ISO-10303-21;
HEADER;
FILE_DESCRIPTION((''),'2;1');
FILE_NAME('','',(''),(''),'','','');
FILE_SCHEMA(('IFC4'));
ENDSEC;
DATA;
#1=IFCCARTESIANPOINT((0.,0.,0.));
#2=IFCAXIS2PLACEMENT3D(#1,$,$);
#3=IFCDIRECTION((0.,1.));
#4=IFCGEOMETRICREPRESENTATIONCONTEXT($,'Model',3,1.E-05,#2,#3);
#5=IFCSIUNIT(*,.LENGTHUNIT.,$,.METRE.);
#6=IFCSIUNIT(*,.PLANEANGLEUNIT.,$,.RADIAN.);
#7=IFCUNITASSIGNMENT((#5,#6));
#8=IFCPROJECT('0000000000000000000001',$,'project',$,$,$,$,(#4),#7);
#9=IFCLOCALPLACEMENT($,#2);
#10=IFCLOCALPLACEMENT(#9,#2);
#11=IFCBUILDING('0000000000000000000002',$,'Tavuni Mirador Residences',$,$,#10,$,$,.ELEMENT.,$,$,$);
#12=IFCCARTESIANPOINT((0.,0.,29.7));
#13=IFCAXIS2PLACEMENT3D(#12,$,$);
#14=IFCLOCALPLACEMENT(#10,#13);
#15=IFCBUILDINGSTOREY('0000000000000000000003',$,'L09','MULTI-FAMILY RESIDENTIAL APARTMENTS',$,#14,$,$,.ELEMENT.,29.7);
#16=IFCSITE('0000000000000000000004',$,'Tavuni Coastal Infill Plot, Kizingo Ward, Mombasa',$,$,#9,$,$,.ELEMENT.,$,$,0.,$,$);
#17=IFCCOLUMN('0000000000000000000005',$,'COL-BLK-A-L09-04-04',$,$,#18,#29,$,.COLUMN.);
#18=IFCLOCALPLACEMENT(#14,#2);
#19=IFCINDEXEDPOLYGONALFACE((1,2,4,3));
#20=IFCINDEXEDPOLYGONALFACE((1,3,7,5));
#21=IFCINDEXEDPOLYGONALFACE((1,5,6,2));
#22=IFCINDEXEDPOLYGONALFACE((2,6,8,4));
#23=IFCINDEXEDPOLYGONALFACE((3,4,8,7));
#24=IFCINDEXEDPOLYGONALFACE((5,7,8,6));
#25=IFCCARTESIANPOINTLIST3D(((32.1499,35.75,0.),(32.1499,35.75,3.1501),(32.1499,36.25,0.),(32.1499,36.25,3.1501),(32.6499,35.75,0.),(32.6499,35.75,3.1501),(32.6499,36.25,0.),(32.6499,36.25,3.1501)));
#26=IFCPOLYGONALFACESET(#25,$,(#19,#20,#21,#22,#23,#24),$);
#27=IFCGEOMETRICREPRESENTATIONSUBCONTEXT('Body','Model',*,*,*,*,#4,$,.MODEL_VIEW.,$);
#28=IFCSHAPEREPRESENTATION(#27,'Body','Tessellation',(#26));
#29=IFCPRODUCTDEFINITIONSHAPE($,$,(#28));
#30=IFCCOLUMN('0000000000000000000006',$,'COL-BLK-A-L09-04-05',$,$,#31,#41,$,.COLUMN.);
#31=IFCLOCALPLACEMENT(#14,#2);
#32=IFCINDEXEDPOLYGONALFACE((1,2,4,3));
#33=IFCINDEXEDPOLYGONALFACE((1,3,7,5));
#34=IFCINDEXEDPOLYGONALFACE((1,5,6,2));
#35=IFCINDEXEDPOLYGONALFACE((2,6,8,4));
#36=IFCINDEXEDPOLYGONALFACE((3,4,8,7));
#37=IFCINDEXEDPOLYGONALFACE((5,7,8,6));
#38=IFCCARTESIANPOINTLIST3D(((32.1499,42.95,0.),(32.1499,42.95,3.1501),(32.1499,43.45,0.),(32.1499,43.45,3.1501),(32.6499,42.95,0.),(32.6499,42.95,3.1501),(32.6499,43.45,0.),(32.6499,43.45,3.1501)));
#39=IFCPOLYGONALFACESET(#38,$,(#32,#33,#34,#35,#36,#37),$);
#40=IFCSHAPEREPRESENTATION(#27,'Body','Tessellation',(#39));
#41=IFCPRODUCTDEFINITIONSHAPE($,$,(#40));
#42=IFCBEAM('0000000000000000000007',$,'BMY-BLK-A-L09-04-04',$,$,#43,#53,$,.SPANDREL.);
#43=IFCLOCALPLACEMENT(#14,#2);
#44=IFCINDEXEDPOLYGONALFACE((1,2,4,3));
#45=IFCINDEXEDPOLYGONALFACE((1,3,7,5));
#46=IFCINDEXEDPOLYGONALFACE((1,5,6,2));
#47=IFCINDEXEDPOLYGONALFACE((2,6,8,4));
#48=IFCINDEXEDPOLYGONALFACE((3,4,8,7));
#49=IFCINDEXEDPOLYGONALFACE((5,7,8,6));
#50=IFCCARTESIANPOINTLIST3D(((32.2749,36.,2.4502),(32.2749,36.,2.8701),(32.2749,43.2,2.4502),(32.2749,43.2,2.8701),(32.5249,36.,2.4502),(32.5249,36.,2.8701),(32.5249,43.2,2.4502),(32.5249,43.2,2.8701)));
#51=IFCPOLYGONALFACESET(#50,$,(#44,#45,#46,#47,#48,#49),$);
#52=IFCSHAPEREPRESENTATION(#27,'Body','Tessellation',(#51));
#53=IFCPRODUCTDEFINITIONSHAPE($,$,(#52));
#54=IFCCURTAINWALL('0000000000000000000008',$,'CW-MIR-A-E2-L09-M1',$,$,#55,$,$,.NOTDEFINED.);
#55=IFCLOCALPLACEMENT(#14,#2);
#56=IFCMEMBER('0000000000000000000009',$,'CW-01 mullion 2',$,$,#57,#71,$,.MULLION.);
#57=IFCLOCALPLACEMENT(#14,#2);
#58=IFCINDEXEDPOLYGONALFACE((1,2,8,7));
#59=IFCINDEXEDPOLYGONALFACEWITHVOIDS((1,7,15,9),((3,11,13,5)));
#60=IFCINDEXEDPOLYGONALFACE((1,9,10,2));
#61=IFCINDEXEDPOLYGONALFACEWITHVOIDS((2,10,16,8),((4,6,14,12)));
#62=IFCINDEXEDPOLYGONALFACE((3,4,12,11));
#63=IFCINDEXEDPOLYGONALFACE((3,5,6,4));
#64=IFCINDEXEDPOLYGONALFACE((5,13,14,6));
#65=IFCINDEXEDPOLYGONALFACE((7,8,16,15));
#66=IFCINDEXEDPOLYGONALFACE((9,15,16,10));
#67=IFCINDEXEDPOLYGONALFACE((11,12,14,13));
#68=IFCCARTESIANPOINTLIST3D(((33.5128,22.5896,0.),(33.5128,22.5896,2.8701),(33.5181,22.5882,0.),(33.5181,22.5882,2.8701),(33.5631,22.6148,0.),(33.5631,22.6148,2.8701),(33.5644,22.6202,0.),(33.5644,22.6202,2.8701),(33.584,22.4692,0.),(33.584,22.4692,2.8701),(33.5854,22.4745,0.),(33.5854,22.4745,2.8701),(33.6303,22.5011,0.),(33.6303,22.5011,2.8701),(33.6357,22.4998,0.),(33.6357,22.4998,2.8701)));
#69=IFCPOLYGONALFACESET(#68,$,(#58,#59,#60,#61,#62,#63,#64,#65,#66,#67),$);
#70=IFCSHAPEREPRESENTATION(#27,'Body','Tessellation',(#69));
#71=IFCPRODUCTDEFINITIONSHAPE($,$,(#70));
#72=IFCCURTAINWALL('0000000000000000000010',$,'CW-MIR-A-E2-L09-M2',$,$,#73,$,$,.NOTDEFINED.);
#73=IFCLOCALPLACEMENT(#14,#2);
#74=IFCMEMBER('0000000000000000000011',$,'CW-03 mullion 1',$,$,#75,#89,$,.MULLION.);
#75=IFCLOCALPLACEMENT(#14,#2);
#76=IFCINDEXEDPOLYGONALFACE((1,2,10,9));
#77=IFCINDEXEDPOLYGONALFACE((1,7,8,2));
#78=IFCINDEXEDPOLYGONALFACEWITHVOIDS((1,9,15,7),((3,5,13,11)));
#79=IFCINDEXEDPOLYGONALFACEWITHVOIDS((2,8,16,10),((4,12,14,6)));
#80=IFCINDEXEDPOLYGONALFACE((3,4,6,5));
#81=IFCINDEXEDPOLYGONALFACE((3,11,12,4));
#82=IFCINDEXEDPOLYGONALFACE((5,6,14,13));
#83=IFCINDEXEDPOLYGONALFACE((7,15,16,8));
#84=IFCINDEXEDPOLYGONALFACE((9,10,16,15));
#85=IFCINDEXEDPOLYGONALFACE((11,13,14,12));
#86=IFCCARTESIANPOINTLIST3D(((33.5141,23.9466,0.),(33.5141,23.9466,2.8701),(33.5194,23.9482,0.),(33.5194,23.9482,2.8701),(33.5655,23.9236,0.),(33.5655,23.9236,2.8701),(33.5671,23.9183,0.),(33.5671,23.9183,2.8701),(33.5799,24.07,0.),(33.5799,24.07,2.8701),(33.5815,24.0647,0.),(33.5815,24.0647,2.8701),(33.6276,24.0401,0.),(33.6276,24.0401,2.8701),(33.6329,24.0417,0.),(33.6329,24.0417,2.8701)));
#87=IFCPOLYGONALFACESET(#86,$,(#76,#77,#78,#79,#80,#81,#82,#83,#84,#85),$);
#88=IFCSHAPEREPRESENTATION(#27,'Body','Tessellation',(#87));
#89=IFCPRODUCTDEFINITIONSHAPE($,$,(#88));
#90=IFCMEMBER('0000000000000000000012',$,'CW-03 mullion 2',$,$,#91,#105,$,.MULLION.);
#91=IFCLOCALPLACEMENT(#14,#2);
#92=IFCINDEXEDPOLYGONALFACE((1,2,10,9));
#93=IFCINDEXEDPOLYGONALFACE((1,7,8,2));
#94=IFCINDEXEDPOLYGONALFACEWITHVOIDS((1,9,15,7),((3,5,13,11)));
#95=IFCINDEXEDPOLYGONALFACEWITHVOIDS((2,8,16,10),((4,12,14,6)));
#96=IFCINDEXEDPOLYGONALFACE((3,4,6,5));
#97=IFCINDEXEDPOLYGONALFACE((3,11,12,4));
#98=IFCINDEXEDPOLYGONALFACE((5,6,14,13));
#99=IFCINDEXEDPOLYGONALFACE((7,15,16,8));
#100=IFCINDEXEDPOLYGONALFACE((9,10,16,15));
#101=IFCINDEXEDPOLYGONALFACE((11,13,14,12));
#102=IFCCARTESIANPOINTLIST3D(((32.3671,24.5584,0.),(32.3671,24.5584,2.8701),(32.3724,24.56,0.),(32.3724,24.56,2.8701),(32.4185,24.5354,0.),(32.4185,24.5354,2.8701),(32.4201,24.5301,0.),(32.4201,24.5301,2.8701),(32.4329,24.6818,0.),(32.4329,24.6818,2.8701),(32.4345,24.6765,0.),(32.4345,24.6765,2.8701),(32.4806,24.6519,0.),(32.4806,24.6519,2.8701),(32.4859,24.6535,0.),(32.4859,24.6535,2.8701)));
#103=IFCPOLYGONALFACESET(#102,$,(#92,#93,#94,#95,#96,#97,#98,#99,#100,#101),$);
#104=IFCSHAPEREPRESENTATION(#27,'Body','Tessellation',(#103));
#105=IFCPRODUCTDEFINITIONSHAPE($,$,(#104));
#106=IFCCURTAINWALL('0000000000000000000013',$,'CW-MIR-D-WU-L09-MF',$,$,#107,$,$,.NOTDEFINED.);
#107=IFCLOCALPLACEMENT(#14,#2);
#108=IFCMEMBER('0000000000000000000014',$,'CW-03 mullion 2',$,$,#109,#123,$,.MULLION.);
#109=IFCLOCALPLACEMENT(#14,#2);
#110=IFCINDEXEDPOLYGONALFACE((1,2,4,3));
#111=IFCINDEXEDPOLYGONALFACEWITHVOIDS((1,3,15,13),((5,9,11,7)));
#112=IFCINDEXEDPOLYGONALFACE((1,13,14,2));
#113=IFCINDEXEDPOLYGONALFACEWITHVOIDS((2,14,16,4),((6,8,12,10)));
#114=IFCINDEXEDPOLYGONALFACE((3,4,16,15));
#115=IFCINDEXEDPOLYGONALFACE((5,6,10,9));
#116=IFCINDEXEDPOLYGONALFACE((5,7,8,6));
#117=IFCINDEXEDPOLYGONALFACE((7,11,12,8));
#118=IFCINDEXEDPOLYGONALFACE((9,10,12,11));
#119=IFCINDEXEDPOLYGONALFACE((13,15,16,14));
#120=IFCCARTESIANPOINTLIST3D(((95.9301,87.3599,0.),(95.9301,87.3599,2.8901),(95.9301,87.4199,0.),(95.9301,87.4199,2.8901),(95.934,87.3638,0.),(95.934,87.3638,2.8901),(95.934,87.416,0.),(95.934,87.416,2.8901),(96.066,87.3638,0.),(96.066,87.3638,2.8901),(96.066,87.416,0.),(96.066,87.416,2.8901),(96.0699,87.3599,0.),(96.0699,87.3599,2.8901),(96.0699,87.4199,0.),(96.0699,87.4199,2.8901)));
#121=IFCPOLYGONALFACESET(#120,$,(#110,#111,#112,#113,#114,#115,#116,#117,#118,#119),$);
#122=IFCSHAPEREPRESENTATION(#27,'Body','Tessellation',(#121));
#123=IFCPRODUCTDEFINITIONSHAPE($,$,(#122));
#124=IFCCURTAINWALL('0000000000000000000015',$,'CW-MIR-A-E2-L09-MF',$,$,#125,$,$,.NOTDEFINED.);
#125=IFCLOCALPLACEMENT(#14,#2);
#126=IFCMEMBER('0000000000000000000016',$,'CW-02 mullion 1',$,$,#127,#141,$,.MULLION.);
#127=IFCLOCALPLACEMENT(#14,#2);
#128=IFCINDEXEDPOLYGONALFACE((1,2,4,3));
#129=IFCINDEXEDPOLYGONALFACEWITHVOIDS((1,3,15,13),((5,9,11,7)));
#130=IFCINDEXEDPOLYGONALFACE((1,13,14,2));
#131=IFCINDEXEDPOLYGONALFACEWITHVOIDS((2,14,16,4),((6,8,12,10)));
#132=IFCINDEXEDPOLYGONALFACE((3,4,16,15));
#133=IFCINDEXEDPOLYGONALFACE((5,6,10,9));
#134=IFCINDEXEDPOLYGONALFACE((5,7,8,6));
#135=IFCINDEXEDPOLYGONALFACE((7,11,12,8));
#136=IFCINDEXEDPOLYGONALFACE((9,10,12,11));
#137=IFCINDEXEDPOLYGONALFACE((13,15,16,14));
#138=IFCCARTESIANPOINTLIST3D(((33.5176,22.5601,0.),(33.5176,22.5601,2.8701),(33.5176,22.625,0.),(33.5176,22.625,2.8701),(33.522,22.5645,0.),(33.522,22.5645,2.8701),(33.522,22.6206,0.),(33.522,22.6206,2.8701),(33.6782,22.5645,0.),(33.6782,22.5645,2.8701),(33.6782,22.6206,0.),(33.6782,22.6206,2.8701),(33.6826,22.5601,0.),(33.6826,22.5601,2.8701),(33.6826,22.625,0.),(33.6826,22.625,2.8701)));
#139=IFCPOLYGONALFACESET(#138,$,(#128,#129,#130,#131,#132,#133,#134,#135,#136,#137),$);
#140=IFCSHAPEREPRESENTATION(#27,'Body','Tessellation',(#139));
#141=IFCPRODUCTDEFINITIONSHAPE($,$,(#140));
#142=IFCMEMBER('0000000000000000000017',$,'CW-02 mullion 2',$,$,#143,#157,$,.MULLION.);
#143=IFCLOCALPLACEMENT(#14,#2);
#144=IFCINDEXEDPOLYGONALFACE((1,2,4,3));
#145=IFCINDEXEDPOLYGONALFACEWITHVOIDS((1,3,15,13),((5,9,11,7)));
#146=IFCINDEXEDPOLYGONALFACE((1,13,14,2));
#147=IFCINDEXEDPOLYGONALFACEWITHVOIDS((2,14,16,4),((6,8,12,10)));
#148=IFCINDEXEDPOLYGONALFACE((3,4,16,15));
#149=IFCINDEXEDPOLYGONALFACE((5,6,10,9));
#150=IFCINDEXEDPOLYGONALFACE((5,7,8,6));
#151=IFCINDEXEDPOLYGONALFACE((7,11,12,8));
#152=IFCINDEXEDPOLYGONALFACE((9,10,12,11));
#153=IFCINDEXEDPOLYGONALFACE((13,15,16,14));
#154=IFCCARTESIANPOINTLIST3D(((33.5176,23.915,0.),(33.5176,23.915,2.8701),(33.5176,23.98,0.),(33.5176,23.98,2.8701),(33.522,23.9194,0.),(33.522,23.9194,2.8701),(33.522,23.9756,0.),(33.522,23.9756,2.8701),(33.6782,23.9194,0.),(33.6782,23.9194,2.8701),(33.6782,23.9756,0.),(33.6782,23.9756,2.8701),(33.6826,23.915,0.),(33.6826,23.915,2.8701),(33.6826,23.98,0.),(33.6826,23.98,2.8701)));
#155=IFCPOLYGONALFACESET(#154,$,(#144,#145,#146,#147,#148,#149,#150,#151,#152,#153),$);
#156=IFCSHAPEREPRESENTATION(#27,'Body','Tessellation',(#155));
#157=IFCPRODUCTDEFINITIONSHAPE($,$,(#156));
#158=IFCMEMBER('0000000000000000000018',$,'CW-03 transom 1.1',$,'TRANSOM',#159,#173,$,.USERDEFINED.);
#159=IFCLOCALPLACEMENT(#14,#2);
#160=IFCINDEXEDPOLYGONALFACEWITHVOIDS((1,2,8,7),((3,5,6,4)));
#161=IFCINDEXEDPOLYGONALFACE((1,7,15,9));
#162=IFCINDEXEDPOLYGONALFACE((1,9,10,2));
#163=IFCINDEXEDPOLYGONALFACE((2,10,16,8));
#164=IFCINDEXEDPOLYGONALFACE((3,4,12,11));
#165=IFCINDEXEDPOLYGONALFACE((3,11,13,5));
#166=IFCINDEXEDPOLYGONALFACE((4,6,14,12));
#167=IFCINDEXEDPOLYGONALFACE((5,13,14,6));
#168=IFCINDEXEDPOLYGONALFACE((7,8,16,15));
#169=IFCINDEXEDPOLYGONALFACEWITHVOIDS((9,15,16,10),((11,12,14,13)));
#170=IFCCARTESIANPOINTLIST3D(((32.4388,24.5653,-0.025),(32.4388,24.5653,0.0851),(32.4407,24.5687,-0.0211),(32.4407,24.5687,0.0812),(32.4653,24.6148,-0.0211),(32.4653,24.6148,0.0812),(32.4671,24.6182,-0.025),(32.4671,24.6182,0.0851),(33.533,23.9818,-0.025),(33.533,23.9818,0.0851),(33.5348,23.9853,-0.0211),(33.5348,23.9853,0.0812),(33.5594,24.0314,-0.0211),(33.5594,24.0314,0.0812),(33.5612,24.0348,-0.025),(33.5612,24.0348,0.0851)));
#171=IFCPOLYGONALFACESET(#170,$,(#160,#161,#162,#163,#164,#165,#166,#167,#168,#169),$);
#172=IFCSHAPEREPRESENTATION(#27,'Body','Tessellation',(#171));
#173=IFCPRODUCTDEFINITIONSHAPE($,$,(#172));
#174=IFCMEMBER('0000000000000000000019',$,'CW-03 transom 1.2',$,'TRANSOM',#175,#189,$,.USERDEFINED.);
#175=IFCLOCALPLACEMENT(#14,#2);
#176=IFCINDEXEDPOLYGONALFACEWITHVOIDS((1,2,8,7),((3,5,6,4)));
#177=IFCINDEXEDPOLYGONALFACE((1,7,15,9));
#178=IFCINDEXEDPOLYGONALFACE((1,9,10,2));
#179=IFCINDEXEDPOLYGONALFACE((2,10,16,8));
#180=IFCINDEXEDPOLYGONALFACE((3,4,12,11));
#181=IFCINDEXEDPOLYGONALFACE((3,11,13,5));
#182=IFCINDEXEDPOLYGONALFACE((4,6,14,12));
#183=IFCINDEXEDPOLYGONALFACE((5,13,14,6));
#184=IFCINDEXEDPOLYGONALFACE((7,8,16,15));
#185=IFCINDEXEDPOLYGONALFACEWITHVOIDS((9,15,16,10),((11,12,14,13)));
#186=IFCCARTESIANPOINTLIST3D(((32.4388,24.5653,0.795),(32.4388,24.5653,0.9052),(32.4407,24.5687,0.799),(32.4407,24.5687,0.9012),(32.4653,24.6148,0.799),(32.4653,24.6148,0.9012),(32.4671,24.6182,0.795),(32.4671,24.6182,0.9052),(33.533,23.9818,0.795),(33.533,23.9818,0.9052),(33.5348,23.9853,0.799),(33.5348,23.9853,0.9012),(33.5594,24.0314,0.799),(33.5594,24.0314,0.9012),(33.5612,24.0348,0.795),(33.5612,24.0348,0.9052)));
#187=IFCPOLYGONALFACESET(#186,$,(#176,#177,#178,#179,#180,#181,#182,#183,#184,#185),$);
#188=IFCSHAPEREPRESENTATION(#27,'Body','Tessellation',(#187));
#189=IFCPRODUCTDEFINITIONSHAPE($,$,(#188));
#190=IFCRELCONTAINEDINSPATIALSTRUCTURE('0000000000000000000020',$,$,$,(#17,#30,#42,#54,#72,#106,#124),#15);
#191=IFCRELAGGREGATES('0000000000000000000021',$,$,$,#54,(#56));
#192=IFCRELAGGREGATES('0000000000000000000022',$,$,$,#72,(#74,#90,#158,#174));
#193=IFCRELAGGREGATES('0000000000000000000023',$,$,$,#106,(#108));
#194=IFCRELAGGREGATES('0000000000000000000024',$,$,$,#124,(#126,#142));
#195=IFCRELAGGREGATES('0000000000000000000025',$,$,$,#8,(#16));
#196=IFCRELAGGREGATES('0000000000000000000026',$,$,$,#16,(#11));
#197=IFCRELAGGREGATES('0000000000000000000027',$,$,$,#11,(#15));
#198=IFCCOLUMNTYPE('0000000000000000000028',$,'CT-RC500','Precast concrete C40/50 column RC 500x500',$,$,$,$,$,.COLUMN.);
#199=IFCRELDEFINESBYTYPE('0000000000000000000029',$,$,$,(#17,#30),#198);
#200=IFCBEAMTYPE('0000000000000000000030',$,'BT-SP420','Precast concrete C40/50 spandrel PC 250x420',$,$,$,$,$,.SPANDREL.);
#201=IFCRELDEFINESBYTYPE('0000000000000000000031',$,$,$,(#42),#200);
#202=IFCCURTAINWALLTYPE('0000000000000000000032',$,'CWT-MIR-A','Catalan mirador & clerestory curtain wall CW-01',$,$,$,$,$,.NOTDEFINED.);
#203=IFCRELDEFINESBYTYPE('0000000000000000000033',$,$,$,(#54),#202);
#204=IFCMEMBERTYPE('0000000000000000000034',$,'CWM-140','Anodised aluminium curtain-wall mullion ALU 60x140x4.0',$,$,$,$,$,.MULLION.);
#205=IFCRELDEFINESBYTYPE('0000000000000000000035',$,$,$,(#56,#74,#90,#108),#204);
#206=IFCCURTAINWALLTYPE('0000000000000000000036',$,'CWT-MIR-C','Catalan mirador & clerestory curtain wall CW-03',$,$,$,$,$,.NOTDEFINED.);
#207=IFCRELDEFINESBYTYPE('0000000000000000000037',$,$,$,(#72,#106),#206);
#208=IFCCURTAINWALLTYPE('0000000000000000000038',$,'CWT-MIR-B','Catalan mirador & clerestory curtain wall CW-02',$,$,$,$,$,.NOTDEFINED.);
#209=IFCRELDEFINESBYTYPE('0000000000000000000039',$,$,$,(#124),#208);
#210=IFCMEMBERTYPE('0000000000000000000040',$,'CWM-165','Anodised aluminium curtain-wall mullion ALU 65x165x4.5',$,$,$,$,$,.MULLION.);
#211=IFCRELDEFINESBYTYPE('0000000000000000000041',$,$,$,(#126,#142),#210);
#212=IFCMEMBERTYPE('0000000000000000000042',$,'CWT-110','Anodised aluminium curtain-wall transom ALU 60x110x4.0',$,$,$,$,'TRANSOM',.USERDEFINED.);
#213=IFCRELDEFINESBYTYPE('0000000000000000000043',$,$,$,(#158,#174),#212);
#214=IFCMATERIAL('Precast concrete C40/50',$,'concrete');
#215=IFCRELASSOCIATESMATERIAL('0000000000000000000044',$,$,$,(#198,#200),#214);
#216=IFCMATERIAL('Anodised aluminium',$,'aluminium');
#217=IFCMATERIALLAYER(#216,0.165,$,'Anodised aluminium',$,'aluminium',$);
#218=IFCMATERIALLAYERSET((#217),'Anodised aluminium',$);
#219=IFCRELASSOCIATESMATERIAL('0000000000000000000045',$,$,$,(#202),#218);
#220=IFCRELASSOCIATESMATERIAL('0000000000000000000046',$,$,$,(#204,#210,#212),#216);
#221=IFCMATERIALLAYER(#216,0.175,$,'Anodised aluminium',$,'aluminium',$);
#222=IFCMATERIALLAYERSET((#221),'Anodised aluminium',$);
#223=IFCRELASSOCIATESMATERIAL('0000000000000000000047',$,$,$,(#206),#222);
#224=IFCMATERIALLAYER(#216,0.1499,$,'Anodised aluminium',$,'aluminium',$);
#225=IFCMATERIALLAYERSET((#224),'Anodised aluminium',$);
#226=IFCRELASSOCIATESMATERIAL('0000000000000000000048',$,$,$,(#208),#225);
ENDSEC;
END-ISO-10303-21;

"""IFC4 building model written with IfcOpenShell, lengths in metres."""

from ifc_helpers import new_model, si_unit, direction, frame, origin, origin_2d, place, context, subcontext, project, spatial, rectangle, hollow_rectangle, extrude, material, layer, layer_set, material_profile, profile_set, type_object, element, aggregate, save


model = new_model("IFC4")

# Units and contexts
model_context = context("Model", 3, precision=1e-05, world=origin(), true_north=direction((0.0, 1.0)))
body_context = subcontext(model_context, "Body", "Model", "MODEL_VIEW")
ifc_project = project(units=[si_unit("LENGTHUNIT", "METRE"), si_unit("PLANEANGLEUNIT", "RADIAN")], contexts=[model_context])

# Site, building, storey
site_placement = place(None, origin())
site = spatial("IfcSite", under=ifc_project, at=site_placement, Name="Tavuni Coastal Infill Plot, Kizingo Ward, Mombasa", CompositionType="ELEMENT", RefElevation=0.0)
building_placement = place(site_placement, origin())
building = spatial("IfcBuilding", under=site, at=building_placement, Name="Tavuni Mirador Residences", CompositionType="ELEMENT")
storey_placement = place(building_placement, frame((0.0, 0.0, 29.7)))
storey = spatial("IfcBuildingStorey", under=building, at=storey_placement, Name="L09", Description="MULTI-FAMILY RESIDENTIAL APARTMENTS", CompositionType="ELEMENT", Elevation=29.7)

# Columns
ifc_material_1 = material(Name="Precast concrete C40/50", Category="concrete")
ifc_material_profile_1 = material_profile(ifc_material_1, rectangle(XDim=0.5, YDim=0.5, at=origin_2d()), Name="RC 500x500", Category="concrete")
ifc_profile_set_1 = profile_set([ifc_material_profile_1], Name="Precast concrete C40/50")
column_type = type_object("IfcColumnType", Name="CT-RC500", Description="Precast concrete C40/50 column RC 500x500", PredefinedType="COLUMN", material=ifc_profile_set_1)
for number, where, z_axis, x_axis, name in (
    (1, (32.3999, 36.0, 0.0), (0.0, 0.0, 1.0), (1.0, 0.0, 0.0), "COL-BLK-A-L09-04-04"),
    (2, (32.3999, 43.2, 0.0), (0.0, 0.0, 1.0), (1.0, 0.0, 0.0), "COL-BLK-A-L09-04-05"),
):
    element("IfcColumn", number, at=place(storey_placement, frame(where, z_axis=z_axis, x_axis=x_axis)), inside=storey, type_object=column_type, Name=name, PredefinedType="COLUMN", context=body_context, shape_type="SweptSolid", body=[
        extrude(rectangle(XDim=0.5, YDim=0.5, at=origin_2d()), origin(), (0.0, 0.0, 1.0), 3.1501),
    ])

# Beam
ifc_material_profile_2 = material_profile(ifc_material_1, rectangle(XDim=0.25, YDim=0.4199, at=origin_2d()), Name="PC 250x420", Category="concrete")
ifc_profile_set_2 = profile_set([ifc_material_profile_2], Name="Precast concrete C40/50")
beam_type = type_object("IfcBeamType", Name="BT-SP420", Description="Precast concrete C40/50 spandrel PC 250x420", PredefinedType="SPANDREL", material=ifc_profile_set_2)
beam_placement = place(storey_placement, frame((32.3999, 36.0, 2.6602), z_axis=(0.0, 1.0, 0.0), x_axis=(-1.0, 0.0, 0.0)))
element("IfcBeam", 3, at=beam_placement, inside=storey, type_object=beam_type, Name="BMY-BLK-A-L09-04-04", PredefinedType="SPANDREL", context=body_context, shape_type="SweptSolid", body=[
    extrude(rectangle(XDim=0.25, YDim=0.4199, at=origin_2d()), origin(), (0.0, 0.0, 1.0), 7.2),
])

# Curtain wall, member
ifc_material_2 = material(Name="Anodised aluminium", Category="aluminium")
ifc_layer_1 = layer(ifc_material_2, 0.165, Name="Anodised aluminium", Category="aluminium")
ifc_layer_set_1 = layer_set([ifc_layer_1], Name="Anodised aluminium")
curtain_wall_type_1 = type_object("IfcCurtainWallType", Name="CWT-MIR-A", Description="Catalan mirador & clerestory curtain wall CW-01", PredefinedType="NOTDEFINED", material=ifc_layer_set_1)
curtain_wall_1_placement = place(storey_placement, origin())
curtain_wall_1 = element("IfcCurtainWall", 4, at=curtain_wall_1_placement, inside=storey, type_object=curtain_wall_type_1, Name="CW-MIR-A-E2-L09-M1", PredefinedType="NOTDEFINED")
ifc_material_profile_3 = material_profile(ifc_material_2, hollow_rectangle(XDim=0.0601, YDim=0.1399, WallThickness=0.0039, at=origin_2d()), Name="ALU 60x140x4.0", Category="aluminium")
ifc_profile_set_3 = profile_set([ifc_material_profile_3], Name="Anodised aluminium")
member_type_1 = type_object("IfcMemberType", Name="CWM-140", Description="Anodised aluminium curtain-wall mullion ALU 60x140x4.0", PredefinedType="MULLION", material=ifc_profile_set_3)
member_1_placement = place(storey_placement, frame((33.5742, 22.5447, 0.0), z_axis=(0.0, 0.0, 1.0), x_axis=(0.860641, 0.509212, 0.0)))
member_1 = element("IfcMember", 5, at=member_1_placement, type_object=member_type_1, Name="CW-01 mullion 2", PredefinedType="MULLION", context=body_context, shape_type="SweptSolid", body=[
    extrude(hollow_rectangle(XDim=0.0601, YDim=0.1399, WallThickness=0.0039, at=origin_2d()), origin(), (0.0, 0.0, 1.0), 2.8701),
])
aggregate(curtain_wall_1, [member_1])

# Curtain wall, members
ifc_layer_2 = layer(ifc_material_2, 0.175, Name="Anodised aluminium", Category="aluminium")
ifc_layer_set_2 = layer_set([ifc_layer_2], Name="Anodised aluminium")
curtain_wall_type_2 = type_object("IfcCurtainWallType", Name="CWT-MIR-C", Description="Catalan mirador & clerestory curtain wall CW-03", PredefinedType="NOTDEFINED", material=ifc_layer_set_2)
curtain_wall_2_placement = place(storey_placement, origin())
curtain_wall_2 = element("IfcCurtainWall", 6, at=curtain_wall_2_placement, inside=storey, type_object=curtain_wall_type_2, Name="CW-MIR-A-E2-L09-M2", PredefinedType="NOTDEFINED")
member_2_placement = place(storey_placement, frame((33.5735, 23.9941, 0.0), z_axis=(0.0, 0.0, 1.0), x_axis=(-0.882353, 0.470588, 0.0)))
member_2 = element("IfcMember", 7, at=member_2_placement, type_object=member_type_1, Name="CW-03 mullion 1", PredefinedType="MULLION", context=body_context, shape_type="SweptSolid", body=[
    extrude(hollow_rectangle(XDim=0.0601, YDim=0.1399, WallThickness=0.0039, at=origin_2d()), origin(), (0.0, 0.0, 1.0), 2.8701),
])
member_3_placement = place(storey_placement, frame((32.4265, 24.606, 0.0), z_axis=(0.0, 0.0, 1.0), x_axis=(-0.882353, 0.470588, 0.0)))
member_3 = element("IfcMember", 8, at=member_3_placement, type_object=member_type_1, Name="CW-03 mullion 2", PredefinedType="MULLION", context=body_context, shape_type="SweptSolid", body=[
    extrude(hollow_rectangle(XDim=0.0601, YDim=0.1399, WallThickness=0.0039, at=origin_2d()), origin(), (0.0, 0.0, 1.0), 2.8701),
])

# Curtain wall, member
curtain_wall_3_placement = place(storey_placement, origin())
curtain_wall_3 = element("IfcCurtainWall", 9, at=curtain_wall_3_placement, inside=storey, type_object=curtain_wall_type_2, Name="CW-MIR-D-WU-L09-MF", PredefinedType="NOTDEFINED")
member_4_placement = place(storey_placement, frame((96.0, 87.3899, 0.0), z_axis=(0.0, 0.0, 1.0), x_axis=(0.0, -1.0, 0.0)))
member_4 = element("IfcMember", 10, at=member_4_placement, type_object=member_type_1, Name="CW-03 mullion 2", PredefinedType="MULLION", context=body_context, shape_type="SweptSolid", body=[
    extrude(hollow_rectangle(XDim=0.0601, YDim=0.1399, WallThickness=0.0039, at=origin_2d()), origin(), (0.0, 0.0, 1.0), 2.8901),
])

# Curtain wall, members
ifc_layer_3 = layer(ifc_material_2, 0.1499, Name="Anodised aluminium", Category="aluminium")
ifc_layer_set_3 = layer_set([ifc_layer_3], Name="Anodised aluminium")
curtain_wall_type_3 = type_object("IfcCurtainWallType", Name="CWT-MIR-B", Description="Catalan mirador & clerestory curtain wall CW-02", PredefinedType="NOTDEFINED", material=ifc_layer_set_3)
curtain_wall_4_placement = place(storey_placement, origin())
curtain_wall_4 = element("IfcCurtainWall", 11, at=curtain_wall_4_placement, inside=storey, type_object=curtain_wall_type_3, Name="CW-MIR-A-E2-L09-MF", PredefinedType="NOTDEFINED")
ifc_material_profile_4 = material_profile(ifc_material_2, hollow_rectangle(XDim=0.0649, YDim=0.165, WallThickness=0.0044, at=origin_2d()), Name="ALU 65x165x4.5", Category="aluminium")
ifc_profile_set_4 = profile_set([ifc_material_profile_4], Name="Anodised aluminium")
member_type_2 = type_object("IfcMemberType", Name="CWM-165", Description="Anodised aluminium curtain-wall mullion ALU 65x165x4.5", PredefinedType="MULLION", material=ifc_profile_set_4)
member_5_placement = place(storey_placement, frame((33.6001, 22.5925, 0.0), z_axis=(0.0, 0.0, 1.0), x_axis=(0.0, 1.0, 0.0)))
member_5 = element("IfcMember", 12, at=member_5_placement, type_object=member_type_2, Name="CW-02 mullion 1", PredefinedType="MULLION", context=body_context, shape_type="SweptSolid", body=[
    extrude(hollow_rectangle(XDim=0.0649, YDim=0.165, WallThickness=0.0044, at=origin_2d()), origin(), (0.0, 0.0, 1.0), 2.8701),
])
member_6_placement = place(storey_placement, frame((33.6001, 23.9475, 0.0), z_axis=(0.0, 0.0, 1.0), x_axis=(0.0, 1.0, 0.0)))
member_6 = element("IfcMember", 13, at=member_6_placement, type_object=member_type_2, Name="CW-02 mullion 2", PredefinedType="MULLION", context=body_context, shape_type="SweptSolid", body=[
    extrude(hollow_rectangle(XDim=0.0649, YDim=0.165, WallThickness=0.0044, at=origin_2d()), origin(), (0.0, 0.0, 1.0), 2.8701),
])

# Members
ifc_material_profile_5 = material_profile(ifc_material_2, hollow_rectangle(XDim=0.0601, YDim=0.1101, WallThickness=0.0039, at=origin_2d()), Name="ALU 60x110x4.0", Category="aluminium")
ifc_profile_set_5 = profile_set([ifc_material_profile_5], Name="Anodised aluminium")
member_type_3 = type_object("IfcMemberType", Name="CWT-110", Description="Anodised aluminium curtain-wall transom ALU 60x110x4.0", ElementType="TRANSOM", PredefinedType="USERDEFINED", material=ifc_profile_set_5)
member_7_placement = place(storey_placement, frame((33.5471, 24.0083, 0.03), z_axis=(-0.882386, 0.470527, 0.0), x_axis=(-0.470527, -0.882386, 0.0)))
member_7 = element("IfcMember", 14, at=member_7_placement, type_object=member_type_3, Name="CW-03 transom 1.1", ObjectType="TRANSOM", PredefinedType="USERDEFINED", context=body_context, shape_type="SweptSolid", body=[
    extrude(hollow_rectangle(XDim=0.0601, YDim=0.1101, WallThickness=0.0039, at=origin_2d()), origin(), (0.0, 0.0, 1.0), 1.24),
])
member_8_placement = place(storey_placement, frame((33.5471, 24.0083, 0.8501), z_axis=(-0.882386, 0.470527, 0.0), x_axis=(-0.470527, -0.882386, 0.0)))
member_8 = element("IfcMember", 15, at=member_8_placement, type_object=member_type_3, Name="CW-03 transom 1.2", ObjectType="TRANSOM", PredefinedType="USERDEFINED", context=body_context, shape_type="SweptSolid", body=[
    extrude(hollow_rectangle(XDim=0.0601, YDim=0.1101, WallThickness=0.0039, at=origin_2d()), origin(), (0.0, 0.0, 1.0), 1.24),
])

aggregate(curtain_wall_2, [member_2, member_3, member_7, member_8])
aggregate(curtain_wall_3, [member_4])
aggregate(curtain_wall_4, [member_5, member_6])

save(model, "model.ifc")
